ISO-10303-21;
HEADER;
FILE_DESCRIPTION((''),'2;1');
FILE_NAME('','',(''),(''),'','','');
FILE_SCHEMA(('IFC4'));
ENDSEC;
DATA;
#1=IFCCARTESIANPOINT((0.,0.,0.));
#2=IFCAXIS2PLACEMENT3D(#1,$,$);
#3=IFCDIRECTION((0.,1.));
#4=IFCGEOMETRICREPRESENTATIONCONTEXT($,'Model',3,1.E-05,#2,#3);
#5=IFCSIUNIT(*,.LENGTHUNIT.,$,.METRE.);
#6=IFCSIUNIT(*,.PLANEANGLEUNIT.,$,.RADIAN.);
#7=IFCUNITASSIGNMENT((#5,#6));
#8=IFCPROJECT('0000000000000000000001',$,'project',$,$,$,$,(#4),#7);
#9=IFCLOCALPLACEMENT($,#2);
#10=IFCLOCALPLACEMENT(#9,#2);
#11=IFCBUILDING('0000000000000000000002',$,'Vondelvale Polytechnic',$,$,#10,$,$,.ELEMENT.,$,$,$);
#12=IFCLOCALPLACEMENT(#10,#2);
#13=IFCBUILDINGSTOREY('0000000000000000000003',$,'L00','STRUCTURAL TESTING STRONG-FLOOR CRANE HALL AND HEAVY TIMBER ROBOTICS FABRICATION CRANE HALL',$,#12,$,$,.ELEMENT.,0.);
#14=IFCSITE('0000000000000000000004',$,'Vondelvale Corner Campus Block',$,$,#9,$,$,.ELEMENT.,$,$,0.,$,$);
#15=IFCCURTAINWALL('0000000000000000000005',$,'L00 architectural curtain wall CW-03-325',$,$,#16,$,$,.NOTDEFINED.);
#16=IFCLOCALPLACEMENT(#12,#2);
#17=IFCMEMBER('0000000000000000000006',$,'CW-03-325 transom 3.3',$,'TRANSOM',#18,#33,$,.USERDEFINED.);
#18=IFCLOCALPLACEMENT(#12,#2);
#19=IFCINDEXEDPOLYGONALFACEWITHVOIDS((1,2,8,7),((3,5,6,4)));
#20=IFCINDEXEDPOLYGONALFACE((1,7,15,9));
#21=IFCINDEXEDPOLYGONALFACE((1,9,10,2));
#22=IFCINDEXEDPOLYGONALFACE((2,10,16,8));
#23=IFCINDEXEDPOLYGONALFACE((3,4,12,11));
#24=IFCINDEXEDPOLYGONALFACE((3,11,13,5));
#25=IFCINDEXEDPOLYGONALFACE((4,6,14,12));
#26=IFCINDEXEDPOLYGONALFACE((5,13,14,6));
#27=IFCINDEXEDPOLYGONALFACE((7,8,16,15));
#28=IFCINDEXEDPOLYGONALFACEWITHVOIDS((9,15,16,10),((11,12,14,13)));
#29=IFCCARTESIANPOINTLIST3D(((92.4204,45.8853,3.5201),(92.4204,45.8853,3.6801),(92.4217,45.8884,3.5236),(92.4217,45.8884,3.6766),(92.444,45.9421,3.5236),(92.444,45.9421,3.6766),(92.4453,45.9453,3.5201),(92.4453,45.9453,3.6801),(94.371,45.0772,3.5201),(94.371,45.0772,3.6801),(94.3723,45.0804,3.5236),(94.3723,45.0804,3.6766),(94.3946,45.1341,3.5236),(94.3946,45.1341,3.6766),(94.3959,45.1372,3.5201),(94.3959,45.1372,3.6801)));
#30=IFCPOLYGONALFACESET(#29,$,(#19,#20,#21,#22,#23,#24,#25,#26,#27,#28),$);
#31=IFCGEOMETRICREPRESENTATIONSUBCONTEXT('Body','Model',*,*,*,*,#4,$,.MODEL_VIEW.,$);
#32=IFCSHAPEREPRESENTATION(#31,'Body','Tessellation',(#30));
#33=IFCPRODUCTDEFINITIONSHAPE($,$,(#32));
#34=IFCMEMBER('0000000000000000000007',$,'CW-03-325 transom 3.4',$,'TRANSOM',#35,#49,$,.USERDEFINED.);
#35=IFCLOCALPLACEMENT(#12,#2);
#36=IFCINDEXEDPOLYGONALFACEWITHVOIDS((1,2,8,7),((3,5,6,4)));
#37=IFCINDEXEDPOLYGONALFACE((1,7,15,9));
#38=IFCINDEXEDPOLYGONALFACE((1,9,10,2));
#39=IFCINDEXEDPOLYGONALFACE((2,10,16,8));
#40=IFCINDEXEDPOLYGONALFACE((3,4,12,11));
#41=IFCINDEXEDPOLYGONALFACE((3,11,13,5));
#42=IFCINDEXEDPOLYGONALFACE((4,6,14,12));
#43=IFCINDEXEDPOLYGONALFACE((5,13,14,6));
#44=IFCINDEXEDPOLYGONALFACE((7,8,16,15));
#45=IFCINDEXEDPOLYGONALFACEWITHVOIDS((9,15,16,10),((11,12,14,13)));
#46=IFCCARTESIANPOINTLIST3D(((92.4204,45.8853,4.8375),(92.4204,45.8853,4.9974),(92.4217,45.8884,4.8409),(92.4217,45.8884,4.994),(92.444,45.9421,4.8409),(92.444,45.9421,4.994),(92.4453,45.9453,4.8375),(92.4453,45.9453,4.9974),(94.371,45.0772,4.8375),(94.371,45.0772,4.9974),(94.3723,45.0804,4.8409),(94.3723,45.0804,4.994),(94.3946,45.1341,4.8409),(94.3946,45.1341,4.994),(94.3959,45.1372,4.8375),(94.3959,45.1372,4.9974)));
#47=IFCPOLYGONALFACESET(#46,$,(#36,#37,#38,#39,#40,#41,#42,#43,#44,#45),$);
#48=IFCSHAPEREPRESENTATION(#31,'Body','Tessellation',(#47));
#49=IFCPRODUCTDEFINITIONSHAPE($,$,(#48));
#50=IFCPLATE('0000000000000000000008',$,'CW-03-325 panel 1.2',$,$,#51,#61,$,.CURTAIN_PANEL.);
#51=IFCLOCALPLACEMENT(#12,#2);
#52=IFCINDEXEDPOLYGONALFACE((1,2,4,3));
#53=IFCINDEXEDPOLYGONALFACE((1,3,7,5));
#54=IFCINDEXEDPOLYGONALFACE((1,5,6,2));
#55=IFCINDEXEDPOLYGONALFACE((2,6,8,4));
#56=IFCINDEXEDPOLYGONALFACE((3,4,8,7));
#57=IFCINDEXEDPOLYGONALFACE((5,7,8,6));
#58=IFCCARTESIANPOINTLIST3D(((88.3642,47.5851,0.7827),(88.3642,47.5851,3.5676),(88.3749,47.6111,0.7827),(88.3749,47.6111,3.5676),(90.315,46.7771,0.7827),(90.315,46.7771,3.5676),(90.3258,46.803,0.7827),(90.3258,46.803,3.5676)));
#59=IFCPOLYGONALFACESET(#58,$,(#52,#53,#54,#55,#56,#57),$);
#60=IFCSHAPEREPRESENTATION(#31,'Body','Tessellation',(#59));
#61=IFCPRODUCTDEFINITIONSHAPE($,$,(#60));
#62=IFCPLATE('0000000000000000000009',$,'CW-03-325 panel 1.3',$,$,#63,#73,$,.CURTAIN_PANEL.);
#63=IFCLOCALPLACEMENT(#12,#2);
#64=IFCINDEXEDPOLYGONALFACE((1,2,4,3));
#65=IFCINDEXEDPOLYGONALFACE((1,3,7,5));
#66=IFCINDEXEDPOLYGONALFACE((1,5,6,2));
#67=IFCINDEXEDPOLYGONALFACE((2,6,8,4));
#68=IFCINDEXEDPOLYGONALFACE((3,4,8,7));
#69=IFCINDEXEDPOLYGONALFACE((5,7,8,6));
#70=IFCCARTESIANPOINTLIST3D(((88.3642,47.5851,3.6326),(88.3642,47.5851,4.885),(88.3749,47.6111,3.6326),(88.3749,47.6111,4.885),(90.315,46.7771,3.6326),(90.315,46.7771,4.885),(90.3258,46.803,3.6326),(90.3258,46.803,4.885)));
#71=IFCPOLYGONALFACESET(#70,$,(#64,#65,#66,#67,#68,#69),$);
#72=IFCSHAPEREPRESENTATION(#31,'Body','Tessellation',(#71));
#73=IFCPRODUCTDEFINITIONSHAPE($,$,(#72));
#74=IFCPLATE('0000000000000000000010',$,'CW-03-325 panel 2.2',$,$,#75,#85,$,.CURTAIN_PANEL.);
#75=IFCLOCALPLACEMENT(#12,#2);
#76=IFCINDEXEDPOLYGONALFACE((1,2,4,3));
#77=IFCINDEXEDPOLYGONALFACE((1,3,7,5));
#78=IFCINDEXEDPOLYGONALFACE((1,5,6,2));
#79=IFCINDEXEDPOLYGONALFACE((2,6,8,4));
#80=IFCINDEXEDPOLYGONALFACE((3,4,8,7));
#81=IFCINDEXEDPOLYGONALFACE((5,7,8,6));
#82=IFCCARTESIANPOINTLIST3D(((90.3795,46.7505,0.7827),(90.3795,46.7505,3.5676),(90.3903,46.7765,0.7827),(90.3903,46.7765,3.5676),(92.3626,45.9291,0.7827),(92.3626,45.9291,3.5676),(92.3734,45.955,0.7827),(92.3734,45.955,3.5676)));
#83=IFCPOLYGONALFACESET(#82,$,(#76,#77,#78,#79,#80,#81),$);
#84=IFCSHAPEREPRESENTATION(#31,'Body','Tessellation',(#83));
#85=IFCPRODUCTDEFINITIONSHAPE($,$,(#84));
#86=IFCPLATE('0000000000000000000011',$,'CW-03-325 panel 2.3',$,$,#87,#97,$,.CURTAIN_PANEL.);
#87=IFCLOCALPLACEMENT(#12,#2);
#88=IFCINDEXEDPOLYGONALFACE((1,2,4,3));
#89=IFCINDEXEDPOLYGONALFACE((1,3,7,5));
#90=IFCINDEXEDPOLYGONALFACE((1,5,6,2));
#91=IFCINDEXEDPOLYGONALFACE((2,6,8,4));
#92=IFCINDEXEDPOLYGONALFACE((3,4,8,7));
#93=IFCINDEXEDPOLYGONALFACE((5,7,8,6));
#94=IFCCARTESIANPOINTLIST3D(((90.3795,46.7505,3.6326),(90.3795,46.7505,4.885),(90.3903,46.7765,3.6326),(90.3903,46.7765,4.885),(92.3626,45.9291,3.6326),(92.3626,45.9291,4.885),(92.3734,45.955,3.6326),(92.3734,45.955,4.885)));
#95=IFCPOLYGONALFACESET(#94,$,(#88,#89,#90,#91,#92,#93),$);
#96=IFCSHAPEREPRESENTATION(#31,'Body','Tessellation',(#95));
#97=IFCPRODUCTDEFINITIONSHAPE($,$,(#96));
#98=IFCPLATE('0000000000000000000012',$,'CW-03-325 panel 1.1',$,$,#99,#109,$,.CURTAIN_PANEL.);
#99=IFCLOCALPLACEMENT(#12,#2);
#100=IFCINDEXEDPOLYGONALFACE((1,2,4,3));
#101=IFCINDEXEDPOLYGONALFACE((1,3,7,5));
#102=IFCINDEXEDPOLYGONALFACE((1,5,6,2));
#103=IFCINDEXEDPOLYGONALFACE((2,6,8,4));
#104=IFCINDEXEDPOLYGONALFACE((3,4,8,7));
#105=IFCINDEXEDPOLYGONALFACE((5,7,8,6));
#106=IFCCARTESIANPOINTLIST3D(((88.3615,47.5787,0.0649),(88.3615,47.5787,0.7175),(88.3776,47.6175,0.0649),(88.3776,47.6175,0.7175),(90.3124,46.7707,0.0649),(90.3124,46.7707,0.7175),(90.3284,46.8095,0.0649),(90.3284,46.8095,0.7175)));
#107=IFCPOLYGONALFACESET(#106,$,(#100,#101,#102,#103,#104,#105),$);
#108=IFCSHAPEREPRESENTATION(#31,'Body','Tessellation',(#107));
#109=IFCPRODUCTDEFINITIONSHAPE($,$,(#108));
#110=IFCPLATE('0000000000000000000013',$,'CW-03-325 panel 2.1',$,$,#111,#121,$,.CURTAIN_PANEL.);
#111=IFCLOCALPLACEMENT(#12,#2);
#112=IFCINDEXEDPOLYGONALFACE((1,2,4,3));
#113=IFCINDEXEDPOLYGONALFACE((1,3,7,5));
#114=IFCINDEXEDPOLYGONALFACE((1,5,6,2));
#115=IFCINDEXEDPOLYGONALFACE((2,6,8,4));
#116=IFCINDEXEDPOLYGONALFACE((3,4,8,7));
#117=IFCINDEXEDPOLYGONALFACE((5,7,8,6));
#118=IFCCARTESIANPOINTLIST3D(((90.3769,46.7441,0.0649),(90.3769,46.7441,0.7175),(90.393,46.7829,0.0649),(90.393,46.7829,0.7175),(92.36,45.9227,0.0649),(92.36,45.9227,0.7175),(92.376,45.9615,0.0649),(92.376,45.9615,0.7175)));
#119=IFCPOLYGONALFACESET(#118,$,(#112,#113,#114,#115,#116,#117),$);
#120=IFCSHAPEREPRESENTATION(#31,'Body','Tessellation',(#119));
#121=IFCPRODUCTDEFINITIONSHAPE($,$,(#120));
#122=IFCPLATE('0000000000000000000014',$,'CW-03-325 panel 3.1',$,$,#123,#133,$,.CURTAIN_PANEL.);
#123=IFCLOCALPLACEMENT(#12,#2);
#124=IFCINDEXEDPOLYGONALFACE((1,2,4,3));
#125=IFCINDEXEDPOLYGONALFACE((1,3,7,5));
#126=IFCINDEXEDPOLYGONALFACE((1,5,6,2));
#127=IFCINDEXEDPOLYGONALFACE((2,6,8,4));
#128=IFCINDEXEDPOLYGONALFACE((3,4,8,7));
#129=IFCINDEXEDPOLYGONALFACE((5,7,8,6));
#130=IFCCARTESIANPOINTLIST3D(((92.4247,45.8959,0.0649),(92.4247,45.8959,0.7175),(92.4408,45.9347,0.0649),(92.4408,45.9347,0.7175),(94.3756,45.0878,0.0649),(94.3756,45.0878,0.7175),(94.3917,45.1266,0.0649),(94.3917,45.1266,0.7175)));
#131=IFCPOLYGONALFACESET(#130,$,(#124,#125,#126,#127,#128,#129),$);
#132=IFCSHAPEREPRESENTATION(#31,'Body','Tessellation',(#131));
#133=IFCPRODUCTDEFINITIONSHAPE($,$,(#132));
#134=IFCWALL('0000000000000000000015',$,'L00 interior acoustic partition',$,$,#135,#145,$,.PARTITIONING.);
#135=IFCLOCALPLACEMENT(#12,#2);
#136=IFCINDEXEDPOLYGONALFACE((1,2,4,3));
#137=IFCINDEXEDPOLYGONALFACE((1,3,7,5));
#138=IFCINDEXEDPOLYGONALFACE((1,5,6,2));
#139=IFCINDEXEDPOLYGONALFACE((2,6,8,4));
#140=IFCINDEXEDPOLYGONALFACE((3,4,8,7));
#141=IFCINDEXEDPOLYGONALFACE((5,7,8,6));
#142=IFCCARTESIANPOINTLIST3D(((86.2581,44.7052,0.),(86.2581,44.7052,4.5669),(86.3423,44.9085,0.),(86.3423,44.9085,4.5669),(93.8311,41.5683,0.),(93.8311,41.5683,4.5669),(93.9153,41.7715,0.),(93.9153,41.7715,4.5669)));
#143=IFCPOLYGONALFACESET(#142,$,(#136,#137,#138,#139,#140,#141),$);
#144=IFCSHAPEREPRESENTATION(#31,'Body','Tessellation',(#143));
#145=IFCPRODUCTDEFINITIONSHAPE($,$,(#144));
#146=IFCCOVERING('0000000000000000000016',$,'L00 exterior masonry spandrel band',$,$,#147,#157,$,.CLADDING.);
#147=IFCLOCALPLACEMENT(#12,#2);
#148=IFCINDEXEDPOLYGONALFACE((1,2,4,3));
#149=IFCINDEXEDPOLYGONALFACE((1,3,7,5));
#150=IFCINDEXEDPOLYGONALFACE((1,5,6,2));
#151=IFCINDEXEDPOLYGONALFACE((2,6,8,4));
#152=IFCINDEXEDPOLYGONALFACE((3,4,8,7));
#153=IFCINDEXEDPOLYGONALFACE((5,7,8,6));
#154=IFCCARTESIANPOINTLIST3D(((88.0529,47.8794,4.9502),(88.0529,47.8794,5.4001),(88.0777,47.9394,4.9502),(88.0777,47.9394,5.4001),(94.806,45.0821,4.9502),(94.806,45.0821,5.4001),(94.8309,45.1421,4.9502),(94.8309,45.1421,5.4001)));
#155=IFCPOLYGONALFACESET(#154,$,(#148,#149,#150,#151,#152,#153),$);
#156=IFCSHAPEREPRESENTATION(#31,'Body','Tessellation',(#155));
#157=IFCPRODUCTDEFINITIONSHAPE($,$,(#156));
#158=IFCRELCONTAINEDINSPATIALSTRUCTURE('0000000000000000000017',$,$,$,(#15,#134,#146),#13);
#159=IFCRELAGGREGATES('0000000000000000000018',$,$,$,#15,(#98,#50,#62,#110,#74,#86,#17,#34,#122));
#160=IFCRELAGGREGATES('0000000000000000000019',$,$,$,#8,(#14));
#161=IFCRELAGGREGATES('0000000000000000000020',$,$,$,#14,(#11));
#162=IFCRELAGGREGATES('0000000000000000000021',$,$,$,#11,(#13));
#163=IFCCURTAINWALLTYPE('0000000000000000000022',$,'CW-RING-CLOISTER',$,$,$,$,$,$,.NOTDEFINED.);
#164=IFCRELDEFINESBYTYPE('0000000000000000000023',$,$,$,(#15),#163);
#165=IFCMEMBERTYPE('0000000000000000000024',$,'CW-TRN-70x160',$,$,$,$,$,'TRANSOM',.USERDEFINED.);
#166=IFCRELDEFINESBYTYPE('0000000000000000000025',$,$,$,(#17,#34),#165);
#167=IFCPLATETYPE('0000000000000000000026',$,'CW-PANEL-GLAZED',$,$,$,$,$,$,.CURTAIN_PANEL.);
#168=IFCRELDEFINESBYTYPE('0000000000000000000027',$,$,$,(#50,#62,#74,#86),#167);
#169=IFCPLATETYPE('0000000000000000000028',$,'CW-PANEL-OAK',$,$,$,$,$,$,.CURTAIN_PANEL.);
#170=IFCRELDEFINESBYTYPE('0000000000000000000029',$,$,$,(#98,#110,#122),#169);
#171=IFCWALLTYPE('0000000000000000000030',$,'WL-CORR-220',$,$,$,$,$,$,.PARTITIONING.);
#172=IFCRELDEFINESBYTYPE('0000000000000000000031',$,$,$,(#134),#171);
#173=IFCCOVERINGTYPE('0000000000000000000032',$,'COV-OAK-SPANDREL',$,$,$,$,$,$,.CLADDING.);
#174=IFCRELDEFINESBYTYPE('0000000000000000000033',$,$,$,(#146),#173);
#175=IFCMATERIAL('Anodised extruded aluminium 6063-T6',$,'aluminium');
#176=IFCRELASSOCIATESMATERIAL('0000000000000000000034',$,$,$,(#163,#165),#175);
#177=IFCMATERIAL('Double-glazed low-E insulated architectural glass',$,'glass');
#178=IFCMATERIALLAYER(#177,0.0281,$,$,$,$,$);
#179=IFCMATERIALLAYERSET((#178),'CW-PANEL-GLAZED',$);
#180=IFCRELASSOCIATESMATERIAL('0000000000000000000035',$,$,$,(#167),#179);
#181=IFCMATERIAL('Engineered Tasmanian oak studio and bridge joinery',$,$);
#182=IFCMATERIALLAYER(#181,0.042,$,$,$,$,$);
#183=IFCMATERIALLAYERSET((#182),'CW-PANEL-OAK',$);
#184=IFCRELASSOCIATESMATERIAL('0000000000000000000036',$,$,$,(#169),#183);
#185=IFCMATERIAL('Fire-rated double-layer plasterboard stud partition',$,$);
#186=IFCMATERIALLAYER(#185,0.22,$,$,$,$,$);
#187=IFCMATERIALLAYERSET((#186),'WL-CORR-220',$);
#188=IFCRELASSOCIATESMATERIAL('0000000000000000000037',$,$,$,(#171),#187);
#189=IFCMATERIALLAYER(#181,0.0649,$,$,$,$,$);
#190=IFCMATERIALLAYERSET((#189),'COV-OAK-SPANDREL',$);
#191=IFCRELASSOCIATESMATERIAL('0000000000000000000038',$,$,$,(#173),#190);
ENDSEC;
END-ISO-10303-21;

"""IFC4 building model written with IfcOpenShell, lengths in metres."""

from ifc_helpers import new_model, si_unit, direction, frame, frame_2d, origin, origin_2d, place, context, subcontext, project, spatial, rectangle, hollow_rectangle, extrude, material, layer, layer_set, material_profile, profile_set, type_object, element, aggregate, save


model = new_model("IFC4")

# Units and contexts
model_context = context("Model", 3, precision=1e-05, world=origin(), true_north=direction((0.0, 1.0)))
body_context = subcontext(model_context, "Body", "Model", "MODEL_VIEW")
ifc_project = project(units=[si_unit("LENGTHUNIT", "METRE"), si_unit("PLANEANGLEUNIT", "RADIAN")], contexts=[model_context])

# Site, building, storey
site_placement = place(None, origin())
site = spatial("IfcSite", under=ifc_project, at=site_placement, Name="Vondelvale Corner Campus Block", CompositionType="ELEMENT", RefElevation=0.0)
building_placement = place(site_placement, origin())
building = spatial("IfcBuilding", under=site, at=building_placement, Name="Vondelvale Polytechnic", CompositionType="ELEMENT")
storey_placement = place(building_placement, origin())
storey = spatial("IfcBuildingStorey", under=building, at=storey_placement, Name="L00", Description="STRUCTURAL TESTING STRONG-FLOOR CRANE HALL AND HEAVY TIMBER ROBOTICS FABRICATION CRANE HALL", CompositionType="ELEMENT", Elevation=0.0)

# Curtain wall, members, plates
ifc_material_1 = material(Name="Anodised extruded aluminium 6063-T6", Category="aluminium")
curtain_wall_type = type_object("IfcCurtainWallType", Name="CW-RING-CLOISTER", PredefinedType="NOTDEFINED", material=ifc_material_1)
curtain_wall_placement = place(storey_placement, origin())
curtain_wall = element("IfcCurtainWall", 1, at=curtain_wall_placement, inside=storey, type_object=curtain_wall_type, Name="L00 architectural curtain wall CW-03-325", PredefinedType="NOTDEFINED")
ifc_material_profile_1 = material_profile(ifc_material_1, hollow_rectangle(XDim=0.0649, YDim=0.1599, WallThickness=0.0034, at=origin_2d()), Name="CW-TRN-160x65")
ifc_profile_set_1 = profile_set([ifc_material_profile_1], Name="Anodised extruded aluminium 6063-T6")
member_type_1 = type_object("IfcMemberType", Name="CW-TRN-70x160", ElementType="TRANSOM", PredefinedType="USERDEFINED", material=ifc_profile_set_1)
member_1_placement = place(storey_placement, frame((92.4329, 45.9153, 3.6001), z_axis=(0.923862, -0.382726, 0.0), x_axis=(0.382726, 0.923862, 0.0)))
member_1 = element("IfcMember", 2, at=member_1_placement, type_object=member_type_1, Name="CW-03-325 transom 3.3", ObjectType="TRANSOM", PredefinedType="USERDEFINED", context=body_context, shape_type="SweptSolid", body=[
    extrude(hollow_rectangle(XDim=0.0649, YDim=0.1599, WallThickness=0.0034, at=origin_2d()), origin(), (0.0, 0.0, 1.0), 2.1113),
])
member_2_placement = place(storey_placement, frame((92.4329, 45.9153, 4.9175), z_axis=(0.923862, -0.382726, 0.0), x_axis=(0.382726, 0.923862, 0.0)))
member_2 = element("IfcMember", 3, at=member_2_placement, type_object=member_type_1, Name="CW-03-325 transom 3.4", ObjectType="TRANSOM", PredefinedType="USERDEFINED", context=body_context, shape_type="SweptSolid", body=[
    extrude(hollow_rectangle(XDim=0.0649, YDim=0.1599, WallThickness=0.0034, at=origin_2d()), origin(), (0.0, 0.0, 1.0), 2.1113),
])
ifc_material_2 = material(Name="Double-glazed low-E insulated architectural glass", Category="glass")
ifc_layer_1 = layer(ifc_material_2, 0.0281)
ifc_layer_set_1 = layer_set([ifc_layer_1], Name="CW-PANEL-GLAZED")
plate_type_1 = type_object("IfcPlateType", Name="CW-PANEL-GLAZED", PredefinedType="CURTAIN_PANEL", material=ifc_layer_set_1)
plate_1_placement = place(storey_placement, frame((89.345, 47.1941, 0.7827), z_axis=(0.0, 0.0, 1.0), x_axis=(0.923882, -0.382679, 0.0)))
plate_1 = element("IfcPlate", 4, at=plate_1_placement, type_object=plate_type_1, Name="CW-03-325 panel 1.2", PredefinedType="CURTAIN_PANEL", context=body_context, shape_type="SweptSolid", body=[
    extrude(rectangle(XDim=2.1116, YDim=0.0281, at=origin_2d()), origin(), (0.0, 0.0, 1.0), 2.7849),
])
plate_2_placement = place(storey_placement, frame((89.345, 47.1941, 3.6326), z_axis=(0.0, 0.0, 1.0), x_axis=(0.923882, -0.382679, 0.0)))
plate_2 = element("IfcPlate", 5, at=plate_2_placement, type_object=plate_type_1, Name="CW-03-325 panel 1.3", PredefinedType="CURTAIN_PANEL", context=body_context, shape_type="SweptSolid", body=[
    extrude(rectangle(XDim=2.1116, YDim=0.0281, at=origin_2d()), origin(), (0.0, 0.0, 1.0), 1.2524),
])
plate_3_placement = place(storey_placement, frame((91.3765, 46.3528, 0.7827), z_axis=(0.0, 0.0, 1.0), x_axis=(0.923882, -0.382679, 0.0)))
plate_3 = element("IfcPlate", 6, at=plate_3_placement, type_object=plate_type_1, Name="CW-03-325 panel 2.2", PredefinedType="CURTAIN_PANEL", context=body_context, shape_type="SweptSolid", body=[
    extrude(rectangle(XDim=2.1465, YDim=0.0281, at=origin_2d()), origin(), (0.0, 0.0, 1.0), 2.7849),
])
plate_4_placement = place(storey_placement, frame((91.3765, 46.3528, 3.6326), z_axis=(0.0, 0.0, 1.0), x_axis=(0.923882, -0.382679, 0.0)))
plate_4 = element("IfcPlate", 7, at=plate_4_placement, type_object=plate_type_1, Name="CW-03-325 panel 2.3", PredefinedType="CURTAIN_PANEL", context=body_context, shape_type="SweptSolid", body=[
    extrude(rectangle(XDim=2.1465, YDim=0.0281, at=origin_2d()), origin(), (0.0, 0.0, 1.0), 1.2524),
])
ifc_material_3 = material(Name="Engineered Tasmanian oak studio and bridge joinery")
ifc_layer_2 = layer(ifc_material_3, 0.042)
ifc_layer_set_2 = layer_set([ifc_layer_2], Name="CW-PANEL-OAK")
plate_type_2 = type_object("IfcPlateType", Name="CW-PANEL-OAK", PredefinedType="CURTAIN_PANEL", material=ifc_layer_set_2)
plate_5_placement = place(storey_placement, frame((89.345, 47.1941, 0.0649), z_axis=(0.0, 0.0, 1.0), x_axis=(0.923882, -0.382679, 0.0)))
plate_5 = element("IfcPlate", 8, at=plate_5_placement, type_object=plate_type_2, Name="CW-03-325 panel 1.1", PredefinedType="CURTAIN_PANEL", context=body_context, shape_type="SweptSolid", body=[
    extrude(rectangle(XDim=2.1116, YDim=0.042, at=origin_2d()), origin(), (0.0, 0.0, 1.0), 0.6526),
])
plate_6_placement = place(storey_placement, frame((91.3765, 46.3528, 0.0649), z_axis=(0.0, 0.0, 1.0), x_axis=(0.923882, -0.382679, 0.0)))
plate_6 = element("IfcPlate", 9, at=plate_6_placement, type_object=plate_type_2, Name="CW-03-325 panel 2.1", PredefinedType="CURTAIN_PANEL", context=body_context, shape_type="SweptSolid", body=[
    extrude(rectangle(XDim=2.1465, YDim=0.042, at=origin_2d()), origin(), (0.0, 0.0, 1.0), 0.6526),
])
plate_7_placement = place(storey_placement, frame((93.4082, 45.5112, 0.0649), z_axis=(0.0, 0.0, 1.0), x_axis=(0.923882, -0.382679, 0.0)))
plate_7 = element("IfcPlate", 10, at=plate_7_placement, type_object=plate_type_2, Name="CW-03-325 panel 3.1", PredefinedType="CURTAIN_PANEL", context=body_context, shape_type="SweptSolid", body=[
    extrude(rectangle(XDim=2.1116, YDim=0.042, at=origin_2d()), origin(), (0.0, 0.0, 1.0), 0.6526),
])
aggregate(curtain_wall, [plate_5, plate_1, plate_2, plate_6, plate_3, plate_4, member_1, member_2, plate_7])

# Wall
ifc_material_4 = material(Name="Fire-rated double-layer plasterboard stud partition")
ifc_layer_3 = layer(ifc_material_4, 0.22)
ifc_layer_set_3 = layer_set([ifc_layer_3], Name="WL-CORR-220")
wall_type = type_object("IfcWallType", Name="WL-CORR-220", PredefinedType="PARTITIONING", material=ifc_layer_set_3)
wall_placement = place(storey_placement, frame((86.3, 44.8069, 0.0), z_axis=(0.0, 0.0, 1.0), x_axis=(0.923874, -0.382696, 0.0)))
element("IfcWall", 11, at=wall_placement, inside=storey, type_object=wall_type, Name="L00 interior acoustic partition", PredefinedType="PARTITIONING", context=body_context, shape_type="SweptSolid", body=[
    extrude(rectangle(XDim=8.197, YDim=0.22, at=frame_2d((4.0986, 0.0))), origin(), (0.0, 0.0, 1.0), 4.5669),
])

# Covering
ifc_layer_4 = layer(ifc_material_3, 0.0649)
ifc_layer_set_4 = layer_set([ifc_layer_4], Name="COV-OAK-SPANDREL")
covering_type = type_object("IfcCoveringType", Name="COV-OAK-SPANDREL", PredefinedType="CLADDING", material=ifc_layer_set_4)
covering_placement = place(storey_placement, frame((91.4419, 46.5107, 4.9502), z_axis=(0.0, 0.0, 1.0), x_axis=(0.92388, -0.382683, 0.0)))
element("IfcCovering", 12, at=covering_placement, inside=storey, type_object=covering_type, Name="L00 exterior masonry spandrel band", PredefinedType="CLADDING", context=body_context, shape_type="SweptSolid", body=[
    extrude(rectangle(XDim=7.3096, YDim=0.0649, at=origin_2d()), origin(), (0.0, 0.0, 1.0), 0.45),
])

save(model, "model.ifc")
